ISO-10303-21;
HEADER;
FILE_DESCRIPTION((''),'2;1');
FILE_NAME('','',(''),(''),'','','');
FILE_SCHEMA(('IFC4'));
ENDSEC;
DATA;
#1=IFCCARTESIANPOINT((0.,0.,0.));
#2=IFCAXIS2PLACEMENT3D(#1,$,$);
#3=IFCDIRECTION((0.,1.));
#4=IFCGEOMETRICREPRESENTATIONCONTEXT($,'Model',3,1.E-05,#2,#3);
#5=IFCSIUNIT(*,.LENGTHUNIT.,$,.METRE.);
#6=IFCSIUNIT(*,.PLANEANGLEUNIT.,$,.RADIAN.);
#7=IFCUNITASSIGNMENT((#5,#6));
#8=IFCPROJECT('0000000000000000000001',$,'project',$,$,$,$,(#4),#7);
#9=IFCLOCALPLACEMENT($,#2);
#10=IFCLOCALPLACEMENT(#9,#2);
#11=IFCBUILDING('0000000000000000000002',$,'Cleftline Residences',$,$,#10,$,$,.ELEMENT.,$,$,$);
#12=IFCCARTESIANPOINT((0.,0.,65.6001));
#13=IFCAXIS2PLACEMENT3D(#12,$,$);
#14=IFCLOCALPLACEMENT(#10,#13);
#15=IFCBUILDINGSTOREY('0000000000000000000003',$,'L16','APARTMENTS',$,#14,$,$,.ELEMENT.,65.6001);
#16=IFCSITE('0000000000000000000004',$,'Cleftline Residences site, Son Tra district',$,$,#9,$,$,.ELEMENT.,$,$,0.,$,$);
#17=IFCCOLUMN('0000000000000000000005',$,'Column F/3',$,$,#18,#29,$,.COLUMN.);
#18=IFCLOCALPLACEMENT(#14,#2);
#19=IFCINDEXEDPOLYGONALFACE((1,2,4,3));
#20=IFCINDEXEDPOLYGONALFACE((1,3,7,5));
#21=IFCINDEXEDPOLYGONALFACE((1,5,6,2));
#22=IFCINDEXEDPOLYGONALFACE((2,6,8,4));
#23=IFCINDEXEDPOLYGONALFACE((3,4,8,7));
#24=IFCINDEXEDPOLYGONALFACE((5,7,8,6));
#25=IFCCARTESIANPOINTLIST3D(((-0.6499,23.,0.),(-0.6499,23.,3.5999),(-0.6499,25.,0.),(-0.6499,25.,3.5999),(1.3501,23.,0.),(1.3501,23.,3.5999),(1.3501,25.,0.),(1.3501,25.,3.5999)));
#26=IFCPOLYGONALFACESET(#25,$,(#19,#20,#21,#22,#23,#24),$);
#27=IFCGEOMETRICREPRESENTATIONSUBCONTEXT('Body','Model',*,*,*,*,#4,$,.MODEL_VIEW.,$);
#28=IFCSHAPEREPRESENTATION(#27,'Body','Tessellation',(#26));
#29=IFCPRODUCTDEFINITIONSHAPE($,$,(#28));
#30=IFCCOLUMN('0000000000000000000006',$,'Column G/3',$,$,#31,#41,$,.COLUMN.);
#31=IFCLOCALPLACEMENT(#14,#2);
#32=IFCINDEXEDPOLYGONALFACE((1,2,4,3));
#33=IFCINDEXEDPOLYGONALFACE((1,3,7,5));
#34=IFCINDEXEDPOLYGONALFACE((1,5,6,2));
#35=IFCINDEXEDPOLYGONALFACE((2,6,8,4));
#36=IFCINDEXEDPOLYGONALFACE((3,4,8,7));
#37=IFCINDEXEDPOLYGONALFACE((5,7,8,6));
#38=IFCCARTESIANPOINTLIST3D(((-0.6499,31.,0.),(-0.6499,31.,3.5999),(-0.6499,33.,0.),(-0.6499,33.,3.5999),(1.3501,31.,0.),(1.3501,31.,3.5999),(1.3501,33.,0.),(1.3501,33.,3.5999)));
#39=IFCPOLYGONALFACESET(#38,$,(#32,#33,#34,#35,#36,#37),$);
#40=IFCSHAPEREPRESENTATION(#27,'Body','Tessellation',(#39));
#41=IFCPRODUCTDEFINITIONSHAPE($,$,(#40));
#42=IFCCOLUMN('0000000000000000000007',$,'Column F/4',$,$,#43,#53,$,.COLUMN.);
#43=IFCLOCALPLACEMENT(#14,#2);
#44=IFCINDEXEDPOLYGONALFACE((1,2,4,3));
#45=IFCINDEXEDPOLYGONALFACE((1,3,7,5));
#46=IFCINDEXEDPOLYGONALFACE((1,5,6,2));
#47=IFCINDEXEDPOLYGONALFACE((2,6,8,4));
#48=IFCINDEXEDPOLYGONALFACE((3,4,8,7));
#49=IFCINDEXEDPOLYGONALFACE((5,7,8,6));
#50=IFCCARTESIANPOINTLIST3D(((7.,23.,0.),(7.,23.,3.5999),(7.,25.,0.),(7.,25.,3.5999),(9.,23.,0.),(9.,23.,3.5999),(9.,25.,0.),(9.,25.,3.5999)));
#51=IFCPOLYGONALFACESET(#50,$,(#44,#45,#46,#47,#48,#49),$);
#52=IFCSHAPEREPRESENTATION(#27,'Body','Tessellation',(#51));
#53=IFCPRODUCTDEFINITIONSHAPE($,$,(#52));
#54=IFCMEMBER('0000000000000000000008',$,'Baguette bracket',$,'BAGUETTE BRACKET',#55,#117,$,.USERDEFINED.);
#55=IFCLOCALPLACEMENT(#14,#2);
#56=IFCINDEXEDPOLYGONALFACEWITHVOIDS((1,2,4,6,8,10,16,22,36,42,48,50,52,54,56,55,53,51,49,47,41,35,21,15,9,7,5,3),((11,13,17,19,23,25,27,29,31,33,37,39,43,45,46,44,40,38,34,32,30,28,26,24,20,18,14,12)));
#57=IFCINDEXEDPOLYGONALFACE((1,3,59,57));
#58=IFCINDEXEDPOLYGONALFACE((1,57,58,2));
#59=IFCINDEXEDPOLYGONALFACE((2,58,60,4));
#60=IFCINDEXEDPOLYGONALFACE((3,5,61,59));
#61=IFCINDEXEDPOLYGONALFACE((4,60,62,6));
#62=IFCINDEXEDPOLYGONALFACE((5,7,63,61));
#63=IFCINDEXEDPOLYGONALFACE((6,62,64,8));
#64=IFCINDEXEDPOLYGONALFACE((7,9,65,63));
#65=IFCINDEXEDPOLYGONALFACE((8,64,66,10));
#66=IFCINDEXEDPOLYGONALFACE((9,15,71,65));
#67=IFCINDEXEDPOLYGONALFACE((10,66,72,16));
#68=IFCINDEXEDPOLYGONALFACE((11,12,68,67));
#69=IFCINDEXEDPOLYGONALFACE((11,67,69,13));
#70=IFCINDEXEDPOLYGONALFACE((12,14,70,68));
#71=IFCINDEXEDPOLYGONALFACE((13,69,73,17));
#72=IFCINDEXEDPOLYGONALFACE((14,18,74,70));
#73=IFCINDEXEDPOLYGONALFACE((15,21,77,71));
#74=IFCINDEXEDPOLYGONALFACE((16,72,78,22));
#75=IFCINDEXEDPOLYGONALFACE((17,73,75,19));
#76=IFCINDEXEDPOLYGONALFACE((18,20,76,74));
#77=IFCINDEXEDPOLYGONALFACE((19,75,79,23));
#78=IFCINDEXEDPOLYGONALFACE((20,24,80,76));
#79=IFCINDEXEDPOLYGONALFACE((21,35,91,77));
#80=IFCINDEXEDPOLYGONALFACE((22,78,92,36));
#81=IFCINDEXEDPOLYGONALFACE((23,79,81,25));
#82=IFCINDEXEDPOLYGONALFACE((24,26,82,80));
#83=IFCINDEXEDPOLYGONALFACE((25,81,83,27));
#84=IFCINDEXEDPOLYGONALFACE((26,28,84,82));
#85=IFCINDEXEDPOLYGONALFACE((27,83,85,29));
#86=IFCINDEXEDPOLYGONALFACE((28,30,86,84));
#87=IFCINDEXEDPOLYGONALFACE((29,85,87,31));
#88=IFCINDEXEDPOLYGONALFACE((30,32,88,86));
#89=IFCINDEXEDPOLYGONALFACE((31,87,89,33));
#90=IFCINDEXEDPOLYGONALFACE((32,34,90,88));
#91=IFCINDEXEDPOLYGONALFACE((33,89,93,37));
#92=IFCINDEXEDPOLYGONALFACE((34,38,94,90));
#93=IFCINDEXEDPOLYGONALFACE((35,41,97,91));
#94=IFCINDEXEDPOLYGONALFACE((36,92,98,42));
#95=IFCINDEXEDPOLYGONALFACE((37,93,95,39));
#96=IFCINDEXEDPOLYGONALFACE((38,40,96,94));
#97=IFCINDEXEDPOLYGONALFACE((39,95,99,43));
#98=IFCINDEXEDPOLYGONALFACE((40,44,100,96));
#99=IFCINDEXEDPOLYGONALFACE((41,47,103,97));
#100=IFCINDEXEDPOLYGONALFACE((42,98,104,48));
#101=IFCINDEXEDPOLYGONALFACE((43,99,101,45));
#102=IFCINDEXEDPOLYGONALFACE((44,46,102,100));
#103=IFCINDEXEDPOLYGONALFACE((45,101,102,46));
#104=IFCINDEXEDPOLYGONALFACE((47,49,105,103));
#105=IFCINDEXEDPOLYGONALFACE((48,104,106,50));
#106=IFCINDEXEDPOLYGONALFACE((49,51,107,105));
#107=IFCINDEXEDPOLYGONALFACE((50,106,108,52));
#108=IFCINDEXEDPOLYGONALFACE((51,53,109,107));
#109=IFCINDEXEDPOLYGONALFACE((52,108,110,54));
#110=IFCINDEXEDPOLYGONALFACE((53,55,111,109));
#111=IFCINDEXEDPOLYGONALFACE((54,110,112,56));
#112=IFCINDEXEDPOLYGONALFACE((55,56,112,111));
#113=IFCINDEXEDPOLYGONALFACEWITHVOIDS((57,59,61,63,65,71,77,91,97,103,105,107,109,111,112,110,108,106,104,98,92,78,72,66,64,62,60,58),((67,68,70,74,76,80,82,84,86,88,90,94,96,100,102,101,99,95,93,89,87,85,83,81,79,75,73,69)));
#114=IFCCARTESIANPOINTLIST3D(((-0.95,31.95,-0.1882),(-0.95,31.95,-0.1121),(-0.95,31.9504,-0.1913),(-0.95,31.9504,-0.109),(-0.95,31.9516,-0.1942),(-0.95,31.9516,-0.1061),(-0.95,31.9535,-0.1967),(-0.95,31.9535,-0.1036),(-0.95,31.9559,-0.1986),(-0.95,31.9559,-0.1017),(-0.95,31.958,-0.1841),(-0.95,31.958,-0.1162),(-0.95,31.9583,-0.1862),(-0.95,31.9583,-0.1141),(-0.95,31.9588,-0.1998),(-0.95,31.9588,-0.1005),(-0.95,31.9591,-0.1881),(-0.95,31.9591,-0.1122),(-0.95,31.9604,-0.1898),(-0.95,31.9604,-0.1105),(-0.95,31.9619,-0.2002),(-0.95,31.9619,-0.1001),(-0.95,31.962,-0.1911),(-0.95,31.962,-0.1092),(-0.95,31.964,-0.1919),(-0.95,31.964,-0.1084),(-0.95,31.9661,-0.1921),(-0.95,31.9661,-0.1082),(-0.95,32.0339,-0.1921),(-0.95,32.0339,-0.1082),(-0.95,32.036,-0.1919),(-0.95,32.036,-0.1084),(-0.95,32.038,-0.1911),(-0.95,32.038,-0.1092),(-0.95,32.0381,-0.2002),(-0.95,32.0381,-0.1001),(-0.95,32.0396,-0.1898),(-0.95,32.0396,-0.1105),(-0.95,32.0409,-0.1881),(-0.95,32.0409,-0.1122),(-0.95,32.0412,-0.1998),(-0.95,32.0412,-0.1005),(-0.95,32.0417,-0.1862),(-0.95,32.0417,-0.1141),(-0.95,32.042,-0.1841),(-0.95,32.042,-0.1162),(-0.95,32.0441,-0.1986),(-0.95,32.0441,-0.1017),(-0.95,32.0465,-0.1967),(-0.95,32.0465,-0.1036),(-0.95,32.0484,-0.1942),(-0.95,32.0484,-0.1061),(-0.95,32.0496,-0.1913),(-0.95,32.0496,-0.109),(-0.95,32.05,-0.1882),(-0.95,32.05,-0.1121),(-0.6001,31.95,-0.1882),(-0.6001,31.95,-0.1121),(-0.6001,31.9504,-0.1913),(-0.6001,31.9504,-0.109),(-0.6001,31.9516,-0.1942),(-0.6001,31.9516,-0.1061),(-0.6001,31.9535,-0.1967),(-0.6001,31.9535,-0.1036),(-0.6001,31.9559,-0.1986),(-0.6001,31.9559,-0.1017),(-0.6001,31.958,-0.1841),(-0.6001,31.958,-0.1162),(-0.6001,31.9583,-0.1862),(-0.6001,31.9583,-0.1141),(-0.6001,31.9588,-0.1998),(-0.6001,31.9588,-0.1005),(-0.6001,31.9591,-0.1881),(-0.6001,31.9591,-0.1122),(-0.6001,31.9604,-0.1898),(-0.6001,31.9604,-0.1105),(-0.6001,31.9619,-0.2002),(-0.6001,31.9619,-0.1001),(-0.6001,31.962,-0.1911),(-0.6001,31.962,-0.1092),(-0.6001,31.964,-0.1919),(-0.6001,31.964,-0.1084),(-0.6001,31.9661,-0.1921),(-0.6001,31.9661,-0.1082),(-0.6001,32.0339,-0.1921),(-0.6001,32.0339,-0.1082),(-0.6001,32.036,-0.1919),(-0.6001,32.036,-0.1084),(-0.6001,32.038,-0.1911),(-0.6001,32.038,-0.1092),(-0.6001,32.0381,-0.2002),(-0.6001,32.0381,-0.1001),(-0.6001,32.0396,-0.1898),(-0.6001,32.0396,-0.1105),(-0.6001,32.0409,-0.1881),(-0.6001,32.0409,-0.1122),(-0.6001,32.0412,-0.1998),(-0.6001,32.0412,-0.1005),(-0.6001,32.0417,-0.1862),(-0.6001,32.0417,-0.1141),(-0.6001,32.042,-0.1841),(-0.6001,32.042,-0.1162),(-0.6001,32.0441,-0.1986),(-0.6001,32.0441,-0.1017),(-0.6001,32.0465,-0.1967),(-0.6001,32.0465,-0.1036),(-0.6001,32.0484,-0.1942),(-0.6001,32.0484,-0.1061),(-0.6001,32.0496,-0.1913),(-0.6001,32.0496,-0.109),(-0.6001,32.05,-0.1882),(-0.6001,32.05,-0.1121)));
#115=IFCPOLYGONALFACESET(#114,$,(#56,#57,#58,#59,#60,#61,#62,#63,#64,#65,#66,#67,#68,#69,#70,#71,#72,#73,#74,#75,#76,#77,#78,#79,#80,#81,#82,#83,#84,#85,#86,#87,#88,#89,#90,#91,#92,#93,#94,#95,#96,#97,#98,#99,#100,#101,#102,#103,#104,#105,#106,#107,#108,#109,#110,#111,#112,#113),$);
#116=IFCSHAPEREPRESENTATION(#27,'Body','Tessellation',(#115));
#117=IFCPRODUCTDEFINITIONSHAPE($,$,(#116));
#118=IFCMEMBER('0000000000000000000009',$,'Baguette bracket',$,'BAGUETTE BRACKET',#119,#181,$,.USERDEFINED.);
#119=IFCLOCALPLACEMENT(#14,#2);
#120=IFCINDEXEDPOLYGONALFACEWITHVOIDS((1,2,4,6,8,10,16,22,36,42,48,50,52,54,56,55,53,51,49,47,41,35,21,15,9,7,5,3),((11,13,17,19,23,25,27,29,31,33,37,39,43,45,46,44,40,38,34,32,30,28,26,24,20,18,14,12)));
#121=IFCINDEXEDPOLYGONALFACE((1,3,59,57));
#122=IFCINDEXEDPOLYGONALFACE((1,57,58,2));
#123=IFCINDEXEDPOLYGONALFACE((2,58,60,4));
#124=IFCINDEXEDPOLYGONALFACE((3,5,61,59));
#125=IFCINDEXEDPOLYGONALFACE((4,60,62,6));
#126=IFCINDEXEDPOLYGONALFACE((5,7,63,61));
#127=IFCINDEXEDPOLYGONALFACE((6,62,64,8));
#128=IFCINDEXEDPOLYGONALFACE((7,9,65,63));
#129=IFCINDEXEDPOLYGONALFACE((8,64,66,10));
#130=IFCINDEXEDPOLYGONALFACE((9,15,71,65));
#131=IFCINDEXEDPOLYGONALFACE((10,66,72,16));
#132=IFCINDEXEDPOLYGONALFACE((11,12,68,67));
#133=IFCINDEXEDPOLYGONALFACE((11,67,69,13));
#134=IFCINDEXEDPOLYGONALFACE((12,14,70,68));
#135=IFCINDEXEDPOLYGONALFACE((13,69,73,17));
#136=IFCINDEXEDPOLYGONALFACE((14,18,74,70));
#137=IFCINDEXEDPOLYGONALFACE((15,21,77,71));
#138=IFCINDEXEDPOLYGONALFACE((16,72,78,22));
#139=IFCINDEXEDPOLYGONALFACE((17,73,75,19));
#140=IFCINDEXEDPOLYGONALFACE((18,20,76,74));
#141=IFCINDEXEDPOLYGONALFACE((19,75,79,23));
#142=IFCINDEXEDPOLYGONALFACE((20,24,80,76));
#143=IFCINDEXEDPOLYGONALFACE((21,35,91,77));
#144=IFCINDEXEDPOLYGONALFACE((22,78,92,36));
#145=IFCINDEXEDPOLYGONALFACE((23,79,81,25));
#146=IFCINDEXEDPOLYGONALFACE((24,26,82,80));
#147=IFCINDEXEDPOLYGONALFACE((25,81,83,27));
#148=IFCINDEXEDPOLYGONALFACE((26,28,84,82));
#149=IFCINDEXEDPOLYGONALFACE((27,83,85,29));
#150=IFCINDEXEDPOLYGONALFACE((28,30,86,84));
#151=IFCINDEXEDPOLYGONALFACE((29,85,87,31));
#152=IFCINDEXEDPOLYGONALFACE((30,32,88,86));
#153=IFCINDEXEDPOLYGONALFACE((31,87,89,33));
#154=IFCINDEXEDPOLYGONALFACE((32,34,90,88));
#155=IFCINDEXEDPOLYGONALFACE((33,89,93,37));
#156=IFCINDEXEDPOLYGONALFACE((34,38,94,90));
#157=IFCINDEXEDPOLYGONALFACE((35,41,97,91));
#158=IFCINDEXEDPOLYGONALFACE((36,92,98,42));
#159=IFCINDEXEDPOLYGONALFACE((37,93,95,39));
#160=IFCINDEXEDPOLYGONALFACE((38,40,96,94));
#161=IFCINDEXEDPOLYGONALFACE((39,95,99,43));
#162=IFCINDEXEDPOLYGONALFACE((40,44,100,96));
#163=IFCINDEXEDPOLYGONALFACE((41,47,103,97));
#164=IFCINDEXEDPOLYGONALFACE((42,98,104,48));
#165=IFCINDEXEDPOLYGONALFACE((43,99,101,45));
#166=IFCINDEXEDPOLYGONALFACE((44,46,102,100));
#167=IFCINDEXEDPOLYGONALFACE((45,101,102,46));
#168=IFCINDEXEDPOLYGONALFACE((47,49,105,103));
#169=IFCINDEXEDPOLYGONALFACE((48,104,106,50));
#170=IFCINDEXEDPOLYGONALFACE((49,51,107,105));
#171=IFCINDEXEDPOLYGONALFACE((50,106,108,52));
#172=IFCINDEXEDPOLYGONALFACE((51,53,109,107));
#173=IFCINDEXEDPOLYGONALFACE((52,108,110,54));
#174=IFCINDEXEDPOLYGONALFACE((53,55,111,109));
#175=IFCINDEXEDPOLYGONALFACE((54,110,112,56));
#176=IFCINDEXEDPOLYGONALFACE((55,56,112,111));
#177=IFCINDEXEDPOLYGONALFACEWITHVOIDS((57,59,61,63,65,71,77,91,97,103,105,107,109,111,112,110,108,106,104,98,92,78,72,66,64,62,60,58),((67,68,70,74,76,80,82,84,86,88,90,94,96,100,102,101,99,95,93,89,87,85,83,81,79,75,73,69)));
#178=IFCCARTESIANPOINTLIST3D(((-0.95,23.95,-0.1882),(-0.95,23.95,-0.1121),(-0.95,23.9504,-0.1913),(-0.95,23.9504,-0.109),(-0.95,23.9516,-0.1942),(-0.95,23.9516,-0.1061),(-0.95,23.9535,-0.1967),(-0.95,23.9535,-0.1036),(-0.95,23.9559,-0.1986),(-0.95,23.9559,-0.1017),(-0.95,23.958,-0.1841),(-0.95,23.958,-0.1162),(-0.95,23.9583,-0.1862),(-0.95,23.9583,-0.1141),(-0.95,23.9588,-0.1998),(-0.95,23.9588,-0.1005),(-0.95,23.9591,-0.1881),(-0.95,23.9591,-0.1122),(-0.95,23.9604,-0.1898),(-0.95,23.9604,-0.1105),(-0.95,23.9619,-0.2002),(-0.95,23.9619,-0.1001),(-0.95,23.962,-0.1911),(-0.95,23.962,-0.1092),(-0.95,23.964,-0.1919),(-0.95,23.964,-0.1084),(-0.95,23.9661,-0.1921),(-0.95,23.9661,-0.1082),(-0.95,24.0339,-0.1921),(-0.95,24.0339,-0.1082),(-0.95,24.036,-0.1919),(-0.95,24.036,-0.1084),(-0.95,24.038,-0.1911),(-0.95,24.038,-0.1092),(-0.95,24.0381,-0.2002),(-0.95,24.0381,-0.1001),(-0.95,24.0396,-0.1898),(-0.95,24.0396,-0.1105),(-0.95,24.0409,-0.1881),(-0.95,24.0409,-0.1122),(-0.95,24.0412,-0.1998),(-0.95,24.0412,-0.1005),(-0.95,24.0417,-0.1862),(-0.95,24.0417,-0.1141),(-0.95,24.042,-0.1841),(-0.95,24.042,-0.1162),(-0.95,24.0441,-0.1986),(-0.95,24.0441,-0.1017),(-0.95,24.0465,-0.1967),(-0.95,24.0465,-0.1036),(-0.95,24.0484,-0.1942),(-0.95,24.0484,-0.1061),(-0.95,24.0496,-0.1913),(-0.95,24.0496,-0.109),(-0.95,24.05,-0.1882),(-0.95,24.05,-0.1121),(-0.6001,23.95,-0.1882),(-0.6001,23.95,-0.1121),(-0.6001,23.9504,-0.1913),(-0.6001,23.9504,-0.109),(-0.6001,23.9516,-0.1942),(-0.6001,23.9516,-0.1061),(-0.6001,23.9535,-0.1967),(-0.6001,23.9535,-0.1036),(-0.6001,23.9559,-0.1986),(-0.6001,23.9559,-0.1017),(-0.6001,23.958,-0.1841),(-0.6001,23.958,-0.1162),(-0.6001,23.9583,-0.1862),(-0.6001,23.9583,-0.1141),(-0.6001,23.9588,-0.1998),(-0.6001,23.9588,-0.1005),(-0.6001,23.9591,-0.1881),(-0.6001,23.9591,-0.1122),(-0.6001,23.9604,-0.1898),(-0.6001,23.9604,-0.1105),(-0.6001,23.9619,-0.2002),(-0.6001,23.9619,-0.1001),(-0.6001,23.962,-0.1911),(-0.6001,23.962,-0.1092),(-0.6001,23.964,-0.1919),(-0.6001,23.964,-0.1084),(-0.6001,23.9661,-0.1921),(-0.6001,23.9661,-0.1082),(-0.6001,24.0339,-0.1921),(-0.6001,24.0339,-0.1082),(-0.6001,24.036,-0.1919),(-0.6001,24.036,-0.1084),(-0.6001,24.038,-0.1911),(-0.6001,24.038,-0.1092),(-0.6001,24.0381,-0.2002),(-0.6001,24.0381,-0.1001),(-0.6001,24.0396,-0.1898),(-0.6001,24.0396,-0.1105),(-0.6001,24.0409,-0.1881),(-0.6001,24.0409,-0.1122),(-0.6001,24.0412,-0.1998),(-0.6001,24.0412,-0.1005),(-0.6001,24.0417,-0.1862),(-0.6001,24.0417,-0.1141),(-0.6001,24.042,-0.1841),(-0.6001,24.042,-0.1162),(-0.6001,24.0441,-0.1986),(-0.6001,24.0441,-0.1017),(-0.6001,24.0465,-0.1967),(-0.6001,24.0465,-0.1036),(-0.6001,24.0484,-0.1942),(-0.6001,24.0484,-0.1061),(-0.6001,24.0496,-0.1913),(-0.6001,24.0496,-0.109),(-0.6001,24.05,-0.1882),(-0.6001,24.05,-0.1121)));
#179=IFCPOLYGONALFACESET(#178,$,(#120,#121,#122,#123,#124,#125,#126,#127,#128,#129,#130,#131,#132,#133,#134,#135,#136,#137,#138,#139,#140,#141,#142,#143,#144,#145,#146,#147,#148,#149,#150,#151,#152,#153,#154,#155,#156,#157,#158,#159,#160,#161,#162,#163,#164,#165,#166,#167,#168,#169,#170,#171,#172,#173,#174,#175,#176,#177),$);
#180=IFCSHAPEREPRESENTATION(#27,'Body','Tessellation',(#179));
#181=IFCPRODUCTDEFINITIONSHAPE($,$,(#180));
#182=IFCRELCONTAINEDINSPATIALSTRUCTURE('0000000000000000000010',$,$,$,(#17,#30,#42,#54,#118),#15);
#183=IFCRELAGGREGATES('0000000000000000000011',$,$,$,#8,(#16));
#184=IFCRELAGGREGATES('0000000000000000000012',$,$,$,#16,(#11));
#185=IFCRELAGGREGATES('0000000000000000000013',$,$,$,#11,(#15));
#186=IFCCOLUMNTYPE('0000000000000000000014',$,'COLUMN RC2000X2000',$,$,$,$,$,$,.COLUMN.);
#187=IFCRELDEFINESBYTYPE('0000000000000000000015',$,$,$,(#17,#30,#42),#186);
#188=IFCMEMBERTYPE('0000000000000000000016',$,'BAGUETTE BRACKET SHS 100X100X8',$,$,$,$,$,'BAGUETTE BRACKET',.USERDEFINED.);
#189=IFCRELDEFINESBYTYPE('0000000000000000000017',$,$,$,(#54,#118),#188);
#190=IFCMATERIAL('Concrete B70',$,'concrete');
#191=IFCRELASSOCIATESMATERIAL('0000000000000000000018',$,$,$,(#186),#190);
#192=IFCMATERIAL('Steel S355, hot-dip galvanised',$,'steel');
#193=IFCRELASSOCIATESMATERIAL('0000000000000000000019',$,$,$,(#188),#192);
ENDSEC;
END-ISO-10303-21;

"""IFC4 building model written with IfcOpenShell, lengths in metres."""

from ifc_helpers import new_model, si_unit, direction, frame, origin, origin_2d, place, context, subcontext, project, spatial, rectangle, hollow_rectangle, extrude, material, material_profile, profile_set, type_object, element, save


model = new_model("IFC4")

# Units and contexts
model_context = context("Model", 3, precision=1e-05, world=origin(), true_north=direction((0.0, 1.0)))
body_context = subcontext(model_context, "Body", "Model", "MODEL_VIEW")
ifc_project = project(units=[si_unit("LENGTHUNIT", "METRE"), si_unit("PLANEANGLEUNIT", "RADIAN")], contexts=[model_context])

# Site, building, storey
site_placement = place(None, origin())
site = spatial("IfcSite", under=ifc_project, at=site_placement, Name="Cleftline Residences site, Son Tra district", CompositionType="ELEMENT", RefElevation=0.0)
building_placement = place(site_placement, origin())
building = spatial("IfcBuilding", under=site, at=building_placement, Name="Cleftline Residences", CompositionType="ELEMENT")
storey_placement = place(building_placement, frame((0.0, 0.0, 65.6001)))
storey = spatial("IfcBuildingStorey", under=building, at=storey_placement, Name="L16", Description="APARTMENTS", CompositionType="ELEMENT", Elevation=65.6001)

# Columns
ifc_material_1 = material(Name="Concrete B70", Category="concrete")
ifc_material_profile_1 = material_profile(ifc_material_1, rectangle(XDim=2.0, YDim=2.0, at=origin_2d()))
ifc_profile_set_1 = profile_set([ifc_material_profile_1], Name="Concrete B70")
column_type = type_object("IfcColumnType", Name="COLUMN RC2000X2000", PredefinedType="COLUMN", material=ifc_profile_set_1)
for number, where, z_axis, x_axis, name in (
    (1, (0.3501, 24.0, 0.0), (0.0, 0.0, 1.0), (1.0, 0.0, 0.0), "Column F/3"),
    (2, (0.3501, 32.0, 0.0), (0.0, 0.0, 1.0), (1.0, 0.0, 0.0), "Column G/3"),
    (3, (8.0, 24.0, 0.0), (0.0, 0.0, 1.0), (1.0, 0.0, 0.0), "Column F/4"),
):
    element("IfcColumn", number, at=place(storey_placement, frame(where, z_axis=z_axis, x_axis=x_axis)), inside=storey, type_object=column_type, Name=name, PredefinedType="COLUMN", context=body_context, shape_type="SweptSolid", body=[
        extrude(rectangle(XDim=2.0, YDim=2.0, at=origin_2d()), origin(), (0.0, 0.0, 1.0), 3.5999),
    ])

# Members
ifc_material_2 = material(Name="Steel S355, hot-dip galvanised", Category="steel")
ifc_material_profile_2 = material_profile(ifc_material_2, hollow_rectangle(XDim=0.1001, YDim=0.1001, WallThickness=0.0081, InnerFilletRadius=0.0081, OuterFilletRadius=0.012, at=origin_2d()))
ifc_profile_set_2 = profile_set([ifc_material_profile_2], Name="Steel S355, hot-dip galvanised")
member_type_1 = type_object("IfcMemberType", Name="BAGUETTE BRACKET SHS 100X100X8", ElementType="BAGUETTE BRACKET", PredefinedType="USERDEFINED", material=ifc_profile_set_2)
for number, where, z_axis, x_axis, name in (
    (4, (-0.6001, 32.0, -0.1501), (-1.0, 0.0, 0.0), (0.0, -1.0, 0.0), "Baguette bracket"),
    (5, (-0.6001, 24.0, -0.1501), (-1.0, 0.0, 0.0), (0.0, -1.0, 0.0), "Baguette bracket"),
):
    element("IfcMember", number, at=place(storey_placement, frame(where, z_axis=z_axis, x_axis=x_axis)), inside=storey, type_object=member_type_1, Name=name, ObjectType="BAGUETTE BRACKET", PredefinedType="USERDEFINED", context=body_context, shape_type="SweptSolid", body=[
        extrude(hollow_rectangle(XDim=0.1001, YDim=0.1001, WallThickness=0.0081, InnerFilletRadius=0.0081, OuterFilletRadius=0.012, at=origin_2d()), origin(), (0.0, 0.0, 1.0), 0.3499),
    ])

save(model, "model.ifc")
